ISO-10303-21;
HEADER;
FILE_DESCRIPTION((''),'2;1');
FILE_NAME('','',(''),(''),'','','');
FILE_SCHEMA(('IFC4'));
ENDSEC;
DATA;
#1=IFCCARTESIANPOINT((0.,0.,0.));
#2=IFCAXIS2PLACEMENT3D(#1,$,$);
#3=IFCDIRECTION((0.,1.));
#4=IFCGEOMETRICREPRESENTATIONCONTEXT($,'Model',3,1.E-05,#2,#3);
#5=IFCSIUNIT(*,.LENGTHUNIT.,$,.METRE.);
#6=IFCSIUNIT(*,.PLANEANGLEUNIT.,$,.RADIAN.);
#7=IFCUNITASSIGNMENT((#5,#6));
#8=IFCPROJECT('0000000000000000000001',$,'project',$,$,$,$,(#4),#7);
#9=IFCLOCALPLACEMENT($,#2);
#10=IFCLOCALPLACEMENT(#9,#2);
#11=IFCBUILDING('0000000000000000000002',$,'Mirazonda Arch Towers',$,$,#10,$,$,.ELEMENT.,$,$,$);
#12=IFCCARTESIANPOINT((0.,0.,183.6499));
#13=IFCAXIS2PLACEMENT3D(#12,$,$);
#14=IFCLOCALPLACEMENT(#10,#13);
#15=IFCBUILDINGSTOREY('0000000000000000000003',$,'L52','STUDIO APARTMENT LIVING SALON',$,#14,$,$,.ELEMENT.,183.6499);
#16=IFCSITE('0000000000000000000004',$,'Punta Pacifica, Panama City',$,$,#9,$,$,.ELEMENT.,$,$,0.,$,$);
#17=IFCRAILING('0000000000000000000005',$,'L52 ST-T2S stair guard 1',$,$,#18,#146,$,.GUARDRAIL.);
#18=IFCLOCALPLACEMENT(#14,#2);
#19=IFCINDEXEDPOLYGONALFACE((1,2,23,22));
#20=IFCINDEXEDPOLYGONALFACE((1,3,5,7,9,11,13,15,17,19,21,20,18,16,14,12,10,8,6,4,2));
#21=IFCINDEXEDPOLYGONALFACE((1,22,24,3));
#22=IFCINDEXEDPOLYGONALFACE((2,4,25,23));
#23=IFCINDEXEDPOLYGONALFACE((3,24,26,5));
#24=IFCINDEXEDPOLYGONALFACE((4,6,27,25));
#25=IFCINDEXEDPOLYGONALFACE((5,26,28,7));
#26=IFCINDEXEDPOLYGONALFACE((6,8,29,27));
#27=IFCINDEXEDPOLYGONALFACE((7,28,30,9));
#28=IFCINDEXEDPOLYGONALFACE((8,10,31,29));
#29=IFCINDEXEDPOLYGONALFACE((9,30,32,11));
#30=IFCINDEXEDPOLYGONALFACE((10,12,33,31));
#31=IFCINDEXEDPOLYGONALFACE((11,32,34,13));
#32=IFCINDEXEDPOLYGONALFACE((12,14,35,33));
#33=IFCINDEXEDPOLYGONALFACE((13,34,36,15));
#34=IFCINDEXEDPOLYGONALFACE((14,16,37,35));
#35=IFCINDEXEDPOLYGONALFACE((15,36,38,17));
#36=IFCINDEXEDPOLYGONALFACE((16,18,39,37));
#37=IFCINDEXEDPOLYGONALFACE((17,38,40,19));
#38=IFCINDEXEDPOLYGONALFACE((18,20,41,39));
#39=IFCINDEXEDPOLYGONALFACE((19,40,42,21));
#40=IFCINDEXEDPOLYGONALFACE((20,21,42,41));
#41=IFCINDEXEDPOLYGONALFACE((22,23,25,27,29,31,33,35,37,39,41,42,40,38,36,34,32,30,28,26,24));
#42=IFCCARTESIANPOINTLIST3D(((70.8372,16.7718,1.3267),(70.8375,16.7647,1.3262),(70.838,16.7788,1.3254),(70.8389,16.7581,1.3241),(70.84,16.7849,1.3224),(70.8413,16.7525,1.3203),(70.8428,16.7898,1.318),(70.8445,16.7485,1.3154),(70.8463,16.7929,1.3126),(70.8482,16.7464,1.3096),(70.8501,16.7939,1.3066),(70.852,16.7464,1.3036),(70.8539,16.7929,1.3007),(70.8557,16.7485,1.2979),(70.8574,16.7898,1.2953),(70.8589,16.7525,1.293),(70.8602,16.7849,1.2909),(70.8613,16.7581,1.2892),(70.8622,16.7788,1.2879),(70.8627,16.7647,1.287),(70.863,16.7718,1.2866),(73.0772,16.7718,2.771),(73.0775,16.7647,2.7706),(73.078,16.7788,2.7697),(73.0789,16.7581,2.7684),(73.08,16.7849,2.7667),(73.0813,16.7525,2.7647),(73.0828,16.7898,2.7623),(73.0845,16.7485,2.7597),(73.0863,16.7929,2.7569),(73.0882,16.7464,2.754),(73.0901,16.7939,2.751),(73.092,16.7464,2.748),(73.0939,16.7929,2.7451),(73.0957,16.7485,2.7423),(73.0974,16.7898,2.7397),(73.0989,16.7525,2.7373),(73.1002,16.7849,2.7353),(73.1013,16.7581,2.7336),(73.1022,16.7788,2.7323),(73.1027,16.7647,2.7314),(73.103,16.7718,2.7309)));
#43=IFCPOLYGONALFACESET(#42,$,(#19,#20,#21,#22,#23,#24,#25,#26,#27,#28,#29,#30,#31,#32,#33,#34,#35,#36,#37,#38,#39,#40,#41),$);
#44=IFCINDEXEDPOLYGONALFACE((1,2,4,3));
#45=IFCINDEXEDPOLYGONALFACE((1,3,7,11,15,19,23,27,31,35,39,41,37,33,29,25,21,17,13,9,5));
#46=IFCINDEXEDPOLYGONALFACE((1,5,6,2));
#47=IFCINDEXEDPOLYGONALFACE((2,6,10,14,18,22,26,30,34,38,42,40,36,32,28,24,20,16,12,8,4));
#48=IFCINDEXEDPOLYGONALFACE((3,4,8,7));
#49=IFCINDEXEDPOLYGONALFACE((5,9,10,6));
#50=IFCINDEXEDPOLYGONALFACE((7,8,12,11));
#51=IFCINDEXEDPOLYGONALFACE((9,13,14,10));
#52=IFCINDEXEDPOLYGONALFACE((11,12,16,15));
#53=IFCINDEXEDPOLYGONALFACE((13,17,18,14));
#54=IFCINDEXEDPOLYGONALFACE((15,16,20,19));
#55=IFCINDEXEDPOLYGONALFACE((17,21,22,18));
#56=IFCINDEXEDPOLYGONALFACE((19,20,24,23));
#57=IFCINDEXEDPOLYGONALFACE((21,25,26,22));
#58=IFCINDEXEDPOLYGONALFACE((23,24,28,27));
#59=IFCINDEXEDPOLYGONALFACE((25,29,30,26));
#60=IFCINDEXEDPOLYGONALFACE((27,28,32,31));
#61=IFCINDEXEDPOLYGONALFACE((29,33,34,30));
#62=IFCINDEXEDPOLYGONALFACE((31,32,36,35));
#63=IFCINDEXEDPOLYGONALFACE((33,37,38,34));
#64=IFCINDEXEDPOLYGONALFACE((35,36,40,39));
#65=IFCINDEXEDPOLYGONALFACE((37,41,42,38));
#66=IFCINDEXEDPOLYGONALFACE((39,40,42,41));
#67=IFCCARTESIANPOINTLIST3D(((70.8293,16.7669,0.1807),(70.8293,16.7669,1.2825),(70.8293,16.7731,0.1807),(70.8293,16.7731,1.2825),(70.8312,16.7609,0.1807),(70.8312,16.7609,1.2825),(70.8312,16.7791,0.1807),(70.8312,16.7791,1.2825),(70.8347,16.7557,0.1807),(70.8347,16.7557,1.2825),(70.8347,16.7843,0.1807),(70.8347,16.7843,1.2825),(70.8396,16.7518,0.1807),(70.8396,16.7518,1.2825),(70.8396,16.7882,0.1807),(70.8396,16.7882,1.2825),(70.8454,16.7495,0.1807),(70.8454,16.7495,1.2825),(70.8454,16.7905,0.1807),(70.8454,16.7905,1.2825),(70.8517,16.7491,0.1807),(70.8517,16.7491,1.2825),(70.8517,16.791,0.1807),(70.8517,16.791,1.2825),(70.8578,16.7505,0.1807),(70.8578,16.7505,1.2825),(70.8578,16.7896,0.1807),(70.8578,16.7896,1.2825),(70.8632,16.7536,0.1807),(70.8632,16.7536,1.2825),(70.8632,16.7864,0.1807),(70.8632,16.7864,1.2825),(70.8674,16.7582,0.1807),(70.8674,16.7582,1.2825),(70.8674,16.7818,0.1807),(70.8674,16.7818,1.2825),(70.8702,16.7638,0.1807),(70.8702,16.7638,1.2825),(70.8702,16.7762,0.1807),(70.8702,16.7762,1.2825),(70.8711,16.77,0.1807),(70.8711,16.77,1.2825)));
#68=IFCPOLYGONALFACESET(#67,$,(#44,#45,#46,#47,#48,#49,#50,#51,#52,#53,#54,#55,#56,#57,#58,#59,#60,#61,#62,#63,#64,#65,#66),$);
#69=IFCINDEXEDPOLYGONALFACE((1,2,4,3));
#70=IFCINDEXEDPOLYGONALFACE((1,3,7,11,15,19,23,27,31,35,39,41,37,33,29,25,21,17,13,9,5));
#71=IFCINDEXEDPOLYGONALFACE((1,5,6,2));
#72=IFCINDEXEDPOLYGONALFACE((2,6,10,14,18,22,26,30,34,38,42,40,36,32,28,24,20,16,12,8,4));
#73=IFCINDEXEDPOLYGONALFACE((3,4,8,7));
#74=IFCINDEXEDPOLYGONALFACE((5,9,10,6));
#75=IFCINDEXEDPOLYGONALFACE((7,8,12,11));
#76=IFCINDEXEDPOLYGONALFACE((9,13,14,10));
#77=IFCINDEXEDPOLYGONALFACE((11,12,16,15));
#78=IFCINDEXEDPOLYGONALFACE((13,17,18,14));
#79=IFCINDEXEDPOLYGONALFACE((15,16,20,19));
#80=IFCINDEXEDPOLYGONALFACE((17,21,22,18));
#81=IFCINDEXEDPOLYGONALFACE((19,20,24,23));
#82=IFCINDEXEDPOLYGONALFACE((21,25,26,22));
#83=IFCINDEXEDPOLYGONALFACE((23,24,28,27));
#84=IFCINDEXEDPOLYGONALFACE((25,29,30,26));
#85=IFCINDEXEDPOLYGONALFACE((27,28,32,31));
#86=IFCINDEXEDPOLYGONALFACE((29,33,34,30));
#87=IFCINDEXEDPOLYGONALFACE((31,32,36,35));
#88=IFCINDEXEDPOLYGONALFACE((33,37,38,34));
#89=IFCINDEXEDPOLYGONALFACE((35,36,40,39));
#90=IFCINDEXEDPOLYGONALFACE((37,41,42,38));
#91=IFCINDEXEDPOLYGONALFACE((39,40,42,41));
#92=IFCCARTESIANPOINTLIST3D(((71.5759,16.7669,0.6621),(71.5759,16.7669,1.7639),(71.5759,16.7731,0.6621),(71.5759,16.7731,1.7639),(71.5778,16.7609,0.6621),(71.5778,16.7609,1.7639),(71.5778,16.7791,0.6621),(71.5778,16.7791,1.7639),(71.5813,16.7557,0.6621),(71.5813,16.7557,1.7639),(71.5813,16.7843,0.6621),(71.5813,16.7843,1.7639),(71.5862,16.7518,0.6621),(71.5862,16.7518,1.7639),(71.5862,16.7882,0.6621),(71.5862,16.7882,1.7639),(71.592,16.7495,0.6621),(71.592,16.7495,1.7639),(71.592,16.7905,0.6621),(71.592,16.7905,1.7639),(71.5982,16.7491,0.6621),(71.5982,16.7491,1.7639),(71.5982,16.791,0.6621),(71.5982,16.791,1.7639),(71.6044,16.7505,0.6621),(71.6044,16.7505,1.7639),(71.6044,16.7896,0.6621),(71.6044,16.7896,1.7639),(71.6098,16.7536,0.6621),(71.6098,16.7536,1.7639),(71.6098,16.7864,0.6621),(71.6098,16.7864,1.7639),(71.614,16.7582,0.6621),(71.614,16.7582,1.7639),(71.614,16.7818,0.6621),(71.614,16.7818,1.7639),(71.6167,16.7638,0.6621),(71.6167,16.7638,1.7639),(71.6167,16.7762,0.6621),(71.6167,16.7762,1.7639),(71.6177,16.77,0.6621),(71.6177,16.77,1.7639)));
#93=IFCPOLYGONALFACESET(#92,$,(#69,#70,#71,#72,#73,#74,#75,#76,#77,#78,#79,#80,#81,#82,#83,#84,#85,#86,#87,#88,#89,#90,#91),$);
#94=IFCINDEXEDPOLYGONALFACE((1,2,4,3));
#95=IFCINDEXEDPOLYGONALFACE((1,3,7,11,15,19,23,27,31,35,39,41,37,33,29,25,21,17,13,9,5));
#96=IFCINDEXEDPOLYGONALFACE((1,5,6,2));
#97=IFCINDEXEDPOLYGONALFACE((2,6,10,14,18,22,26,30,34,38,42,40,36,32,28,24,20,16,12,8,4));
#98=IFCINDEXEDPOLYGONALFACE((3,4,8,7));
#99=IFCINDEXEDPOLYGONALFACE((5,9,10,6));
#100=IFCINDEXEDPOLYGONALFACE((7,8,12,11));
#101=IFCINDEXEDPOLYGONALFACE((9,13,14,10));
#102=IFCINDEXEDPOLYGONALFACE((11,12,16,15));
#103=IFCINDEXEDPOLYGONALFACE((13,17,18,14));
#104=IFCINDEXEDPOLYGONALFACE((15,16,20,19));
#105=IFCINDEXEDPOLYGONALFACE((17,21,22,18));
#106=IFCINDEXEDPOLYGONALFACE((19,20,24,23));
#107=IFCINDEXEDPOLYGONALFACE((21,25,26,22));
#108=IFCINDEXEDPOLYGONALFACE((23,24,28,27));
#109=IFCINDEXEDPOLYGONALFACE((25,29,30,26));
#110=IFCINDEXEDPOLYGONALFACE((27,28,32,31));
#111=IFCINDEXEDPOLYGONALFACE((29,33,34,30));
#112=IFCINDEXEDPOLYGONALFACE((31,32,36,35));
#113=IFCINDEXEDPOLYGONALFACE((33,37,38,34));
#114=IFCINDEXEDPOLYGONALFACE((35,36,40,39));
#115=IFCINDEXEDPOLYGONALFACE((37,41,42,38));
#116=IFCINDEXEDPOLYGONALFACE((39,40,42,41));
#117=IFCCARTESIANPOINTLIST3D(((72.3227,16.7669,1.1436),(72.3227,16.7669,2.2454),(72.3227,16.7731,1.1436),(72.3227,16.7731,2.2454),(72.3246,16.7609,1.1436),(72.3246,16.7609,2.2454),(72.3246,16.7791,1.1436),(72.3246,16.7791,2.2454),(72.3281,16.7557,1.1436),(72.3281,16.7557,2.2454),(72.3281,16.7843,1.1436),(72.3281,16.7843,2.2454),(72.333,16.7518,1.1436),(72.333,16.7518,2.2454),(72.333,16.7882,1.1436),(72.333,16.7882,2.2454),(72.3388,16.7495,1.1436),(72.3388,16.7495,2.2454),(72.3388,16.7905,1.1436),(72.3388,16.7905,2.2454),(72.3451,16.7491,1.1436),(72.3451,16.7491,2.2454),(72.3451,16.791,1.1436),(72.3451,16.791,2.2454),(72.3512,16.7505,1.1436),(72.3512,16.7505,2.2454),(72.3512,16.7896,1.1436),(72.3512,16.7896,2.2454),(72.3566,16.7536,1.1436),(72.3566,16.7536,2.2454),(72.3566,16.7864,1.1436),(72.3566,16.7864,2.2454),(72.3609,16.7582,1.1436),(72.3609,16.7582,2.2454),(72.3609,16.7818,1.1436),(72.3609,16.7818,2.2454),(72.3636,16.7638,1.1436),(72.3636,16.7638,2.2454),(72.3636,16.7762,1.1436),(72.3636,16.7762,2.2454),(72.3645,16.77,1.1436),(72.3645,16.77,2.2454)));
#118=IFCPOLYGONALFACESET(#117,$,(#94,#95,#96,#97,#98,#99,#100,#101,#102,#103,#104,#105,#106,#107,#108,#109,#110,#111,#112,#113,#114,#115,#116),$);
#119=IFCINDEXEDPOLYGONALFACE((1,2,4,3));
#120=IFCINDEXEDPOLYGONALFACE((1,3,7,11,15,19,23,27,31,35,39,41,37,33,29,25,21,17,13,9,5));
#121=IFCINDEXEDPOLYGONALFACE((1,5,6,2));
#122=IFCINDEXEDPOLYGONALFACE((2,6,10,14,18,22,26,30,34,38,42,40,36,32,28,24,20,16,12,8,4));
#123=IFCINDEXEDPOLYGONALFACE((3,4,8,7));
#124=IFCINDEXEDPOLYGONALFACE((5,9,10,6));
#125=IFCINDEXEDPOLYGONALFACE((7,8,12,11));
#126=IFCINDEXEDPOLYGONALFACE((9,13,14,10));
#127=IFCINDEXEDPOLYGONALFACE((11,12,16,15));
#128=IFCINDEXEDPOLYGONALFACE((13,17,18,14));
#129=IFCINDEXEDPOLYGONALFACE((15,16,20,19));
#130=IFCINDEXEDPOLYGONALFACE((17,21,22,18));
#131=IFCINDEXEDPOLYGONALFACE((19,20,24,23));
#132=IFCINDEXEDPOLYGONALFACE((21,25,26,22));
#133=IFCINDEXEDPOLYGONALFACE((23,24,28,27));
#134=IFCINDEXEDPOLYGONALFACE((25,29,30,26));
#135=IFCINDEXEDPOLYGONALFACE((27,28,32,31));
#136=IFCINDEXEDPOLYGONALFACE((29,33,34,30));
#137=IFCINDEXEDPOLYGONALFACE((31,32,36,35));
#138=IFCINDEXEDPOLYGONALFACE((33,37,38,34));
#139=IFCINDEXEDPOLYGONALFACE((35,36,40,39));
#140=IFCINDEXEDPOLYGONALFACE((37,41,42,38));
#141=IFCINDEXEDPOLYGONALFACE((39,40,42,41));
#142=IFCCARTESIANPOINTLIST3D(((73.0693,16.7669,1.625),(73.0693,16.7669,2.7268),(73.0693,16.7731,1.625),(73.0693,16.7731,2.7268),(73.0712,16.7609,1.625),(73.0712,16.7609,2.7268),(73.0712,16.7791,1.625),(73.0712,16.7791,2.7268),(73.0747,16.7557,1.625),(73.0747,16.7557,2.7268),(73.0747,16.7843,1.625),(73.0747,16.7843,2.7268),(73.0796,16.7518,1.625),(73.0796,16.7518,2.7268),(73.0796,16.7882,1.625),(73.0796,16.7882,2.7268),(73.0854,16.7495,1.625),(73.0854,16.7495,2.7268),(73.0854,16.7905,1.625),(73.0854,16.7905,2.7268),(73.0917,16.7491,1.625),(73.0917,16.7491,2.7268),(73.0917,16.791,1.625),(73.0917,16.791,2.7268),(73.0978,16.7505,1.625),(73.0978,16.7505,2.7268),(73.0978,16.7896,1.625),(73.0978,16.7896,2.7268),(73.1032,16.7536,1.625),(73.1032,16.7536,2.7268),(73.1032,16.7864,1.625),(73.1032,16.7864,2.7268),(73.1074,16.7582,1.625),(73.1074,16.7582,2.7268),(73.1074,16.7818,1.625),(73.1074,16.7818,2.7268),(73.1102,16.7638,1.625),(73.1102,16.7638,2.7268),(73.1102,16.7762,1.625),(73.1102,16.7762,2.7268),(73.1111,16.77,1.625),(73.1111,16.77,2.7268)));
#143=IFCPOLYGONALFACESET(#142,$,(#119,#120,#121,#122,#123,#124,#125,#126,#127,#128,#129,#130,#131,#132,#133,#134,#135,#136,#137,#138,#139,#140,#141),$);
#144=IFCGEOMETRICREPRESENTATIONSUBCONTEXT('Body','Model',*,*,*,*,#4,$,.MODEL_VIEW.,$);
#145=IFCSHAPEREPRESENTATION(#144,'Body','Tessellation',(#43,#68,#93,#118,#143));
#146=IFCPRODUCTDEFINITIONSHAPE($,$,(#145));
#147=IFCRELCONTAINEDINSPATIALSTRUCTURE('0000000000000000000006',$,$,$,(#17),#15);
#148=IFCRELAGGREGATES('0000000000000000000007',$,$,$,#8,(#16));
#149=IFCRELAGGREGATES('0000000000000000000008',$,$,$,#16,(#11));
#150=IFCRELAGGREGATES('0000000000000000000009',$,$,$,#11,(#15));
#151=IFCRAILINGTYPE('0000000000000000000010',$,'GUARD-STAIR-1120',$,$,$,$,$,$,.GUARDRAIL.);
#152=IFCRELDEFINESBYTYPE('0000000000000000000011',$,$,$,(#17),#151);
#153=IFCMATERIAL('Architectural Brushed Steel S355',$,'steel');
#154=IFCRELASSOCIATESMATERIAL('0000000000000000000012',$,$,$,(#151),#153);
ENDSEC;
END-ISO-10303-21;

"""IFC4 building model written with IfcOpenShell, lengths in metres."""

from ifc_helpers import new_model, si_unit, direction, frame, origin, origin_2d, place, context, subcontext, project, spatial, circle, extrude, material, type_object, element, save


model = new_model("IFC4")

# Units and contexts
model_context = context("Model", 3, precision=1e-05, world=origin(), true_north=direction((0.0, 1.0)))
body_context = subcontext(model_context, "Body", "Model", "MODEL_VIEW")
ifc_project = project(units=[si_unit("LENGTHUNIT", "METRE"), si_unit("PLANEANGLEUNIT", "RADIAN")], contexts=[model_context])

# Site, building, storey
site_placement = place(None, origin())
site = spatial("IfcSite", under=ifc_project, at=site_placement, Name="Punta Pacifica, Panama City", CompositionType="ELEMENT", RefElevation=0.0)
building_placement = place(site_placement, origin())
building = spatial("IfcBuilding", under=site, at=building_placement, Name="Mirazonda Arch Towers", CompositionType="ELEMENT")
storey_placement = place(building_placement, frame((0.0, 0.0, 183.6499)))
storey = spatial("IfcBuildingStorey", under=building, at=storey_placement, Name="L52", Description="STUDIO APARTMENT LIVING SALON", CompositionType="ELEMENT", Elevation=183.6499)

# Shared definitions
ifc_material_1 = material(Name="Architectural Brushed Steel S355", Category="steel")

# Railing
railing_type_1 = type_object("IfcRailingType", Name="GUARD-STAIR-1120", PredefinedType="GUARDRAIL", material=ifc_material_1)
railing_1_placement = place(storey_placement, frame((70.8501, 16.77, 0.1807)))
element("IfcRailing", 1, at=railing_1_placement, inside=storey, type_object=railing_type_1, Name="L52 ST-T2S stair guard 1", PredefinedType="GUARDRAIL", context=body_context, shape_type="SweptSolid", body=[
    extrude(circle(Radius=0.0239, at=origin_2d()), frame((0.0, 0.0, 1.126), z_axis=(0.840437, 0.0, 0.54191), x_axis=(0.0, 1.0, 0.0)), (0.0, 0.0, 1.0), 2.6653),
    extrude(circle(Radius=0.021, at=origin_2d()), origin(), (0.0, 0.0, 1.0), 1.1018),
    extrude(circle(Radius=0.021, at=origin_2d()), frame((0.7466, 0.0, 0.4814)), (0.0, 0.0, 1.0), 1.1018),
    extrude(circle(Radius=0.021, at=origin_2d()), frame((1.4934, 0.0, 0.9629)), (0.0, 0.0, 1.0), 1.1018),
    extrude(circle(Radius=0.021, at=origin_2d()), frame((2.24, 0.0, 1.4443)), (0.0, 0.0, 1.0), 1.1018),
])

save(model, "model.ifc")
